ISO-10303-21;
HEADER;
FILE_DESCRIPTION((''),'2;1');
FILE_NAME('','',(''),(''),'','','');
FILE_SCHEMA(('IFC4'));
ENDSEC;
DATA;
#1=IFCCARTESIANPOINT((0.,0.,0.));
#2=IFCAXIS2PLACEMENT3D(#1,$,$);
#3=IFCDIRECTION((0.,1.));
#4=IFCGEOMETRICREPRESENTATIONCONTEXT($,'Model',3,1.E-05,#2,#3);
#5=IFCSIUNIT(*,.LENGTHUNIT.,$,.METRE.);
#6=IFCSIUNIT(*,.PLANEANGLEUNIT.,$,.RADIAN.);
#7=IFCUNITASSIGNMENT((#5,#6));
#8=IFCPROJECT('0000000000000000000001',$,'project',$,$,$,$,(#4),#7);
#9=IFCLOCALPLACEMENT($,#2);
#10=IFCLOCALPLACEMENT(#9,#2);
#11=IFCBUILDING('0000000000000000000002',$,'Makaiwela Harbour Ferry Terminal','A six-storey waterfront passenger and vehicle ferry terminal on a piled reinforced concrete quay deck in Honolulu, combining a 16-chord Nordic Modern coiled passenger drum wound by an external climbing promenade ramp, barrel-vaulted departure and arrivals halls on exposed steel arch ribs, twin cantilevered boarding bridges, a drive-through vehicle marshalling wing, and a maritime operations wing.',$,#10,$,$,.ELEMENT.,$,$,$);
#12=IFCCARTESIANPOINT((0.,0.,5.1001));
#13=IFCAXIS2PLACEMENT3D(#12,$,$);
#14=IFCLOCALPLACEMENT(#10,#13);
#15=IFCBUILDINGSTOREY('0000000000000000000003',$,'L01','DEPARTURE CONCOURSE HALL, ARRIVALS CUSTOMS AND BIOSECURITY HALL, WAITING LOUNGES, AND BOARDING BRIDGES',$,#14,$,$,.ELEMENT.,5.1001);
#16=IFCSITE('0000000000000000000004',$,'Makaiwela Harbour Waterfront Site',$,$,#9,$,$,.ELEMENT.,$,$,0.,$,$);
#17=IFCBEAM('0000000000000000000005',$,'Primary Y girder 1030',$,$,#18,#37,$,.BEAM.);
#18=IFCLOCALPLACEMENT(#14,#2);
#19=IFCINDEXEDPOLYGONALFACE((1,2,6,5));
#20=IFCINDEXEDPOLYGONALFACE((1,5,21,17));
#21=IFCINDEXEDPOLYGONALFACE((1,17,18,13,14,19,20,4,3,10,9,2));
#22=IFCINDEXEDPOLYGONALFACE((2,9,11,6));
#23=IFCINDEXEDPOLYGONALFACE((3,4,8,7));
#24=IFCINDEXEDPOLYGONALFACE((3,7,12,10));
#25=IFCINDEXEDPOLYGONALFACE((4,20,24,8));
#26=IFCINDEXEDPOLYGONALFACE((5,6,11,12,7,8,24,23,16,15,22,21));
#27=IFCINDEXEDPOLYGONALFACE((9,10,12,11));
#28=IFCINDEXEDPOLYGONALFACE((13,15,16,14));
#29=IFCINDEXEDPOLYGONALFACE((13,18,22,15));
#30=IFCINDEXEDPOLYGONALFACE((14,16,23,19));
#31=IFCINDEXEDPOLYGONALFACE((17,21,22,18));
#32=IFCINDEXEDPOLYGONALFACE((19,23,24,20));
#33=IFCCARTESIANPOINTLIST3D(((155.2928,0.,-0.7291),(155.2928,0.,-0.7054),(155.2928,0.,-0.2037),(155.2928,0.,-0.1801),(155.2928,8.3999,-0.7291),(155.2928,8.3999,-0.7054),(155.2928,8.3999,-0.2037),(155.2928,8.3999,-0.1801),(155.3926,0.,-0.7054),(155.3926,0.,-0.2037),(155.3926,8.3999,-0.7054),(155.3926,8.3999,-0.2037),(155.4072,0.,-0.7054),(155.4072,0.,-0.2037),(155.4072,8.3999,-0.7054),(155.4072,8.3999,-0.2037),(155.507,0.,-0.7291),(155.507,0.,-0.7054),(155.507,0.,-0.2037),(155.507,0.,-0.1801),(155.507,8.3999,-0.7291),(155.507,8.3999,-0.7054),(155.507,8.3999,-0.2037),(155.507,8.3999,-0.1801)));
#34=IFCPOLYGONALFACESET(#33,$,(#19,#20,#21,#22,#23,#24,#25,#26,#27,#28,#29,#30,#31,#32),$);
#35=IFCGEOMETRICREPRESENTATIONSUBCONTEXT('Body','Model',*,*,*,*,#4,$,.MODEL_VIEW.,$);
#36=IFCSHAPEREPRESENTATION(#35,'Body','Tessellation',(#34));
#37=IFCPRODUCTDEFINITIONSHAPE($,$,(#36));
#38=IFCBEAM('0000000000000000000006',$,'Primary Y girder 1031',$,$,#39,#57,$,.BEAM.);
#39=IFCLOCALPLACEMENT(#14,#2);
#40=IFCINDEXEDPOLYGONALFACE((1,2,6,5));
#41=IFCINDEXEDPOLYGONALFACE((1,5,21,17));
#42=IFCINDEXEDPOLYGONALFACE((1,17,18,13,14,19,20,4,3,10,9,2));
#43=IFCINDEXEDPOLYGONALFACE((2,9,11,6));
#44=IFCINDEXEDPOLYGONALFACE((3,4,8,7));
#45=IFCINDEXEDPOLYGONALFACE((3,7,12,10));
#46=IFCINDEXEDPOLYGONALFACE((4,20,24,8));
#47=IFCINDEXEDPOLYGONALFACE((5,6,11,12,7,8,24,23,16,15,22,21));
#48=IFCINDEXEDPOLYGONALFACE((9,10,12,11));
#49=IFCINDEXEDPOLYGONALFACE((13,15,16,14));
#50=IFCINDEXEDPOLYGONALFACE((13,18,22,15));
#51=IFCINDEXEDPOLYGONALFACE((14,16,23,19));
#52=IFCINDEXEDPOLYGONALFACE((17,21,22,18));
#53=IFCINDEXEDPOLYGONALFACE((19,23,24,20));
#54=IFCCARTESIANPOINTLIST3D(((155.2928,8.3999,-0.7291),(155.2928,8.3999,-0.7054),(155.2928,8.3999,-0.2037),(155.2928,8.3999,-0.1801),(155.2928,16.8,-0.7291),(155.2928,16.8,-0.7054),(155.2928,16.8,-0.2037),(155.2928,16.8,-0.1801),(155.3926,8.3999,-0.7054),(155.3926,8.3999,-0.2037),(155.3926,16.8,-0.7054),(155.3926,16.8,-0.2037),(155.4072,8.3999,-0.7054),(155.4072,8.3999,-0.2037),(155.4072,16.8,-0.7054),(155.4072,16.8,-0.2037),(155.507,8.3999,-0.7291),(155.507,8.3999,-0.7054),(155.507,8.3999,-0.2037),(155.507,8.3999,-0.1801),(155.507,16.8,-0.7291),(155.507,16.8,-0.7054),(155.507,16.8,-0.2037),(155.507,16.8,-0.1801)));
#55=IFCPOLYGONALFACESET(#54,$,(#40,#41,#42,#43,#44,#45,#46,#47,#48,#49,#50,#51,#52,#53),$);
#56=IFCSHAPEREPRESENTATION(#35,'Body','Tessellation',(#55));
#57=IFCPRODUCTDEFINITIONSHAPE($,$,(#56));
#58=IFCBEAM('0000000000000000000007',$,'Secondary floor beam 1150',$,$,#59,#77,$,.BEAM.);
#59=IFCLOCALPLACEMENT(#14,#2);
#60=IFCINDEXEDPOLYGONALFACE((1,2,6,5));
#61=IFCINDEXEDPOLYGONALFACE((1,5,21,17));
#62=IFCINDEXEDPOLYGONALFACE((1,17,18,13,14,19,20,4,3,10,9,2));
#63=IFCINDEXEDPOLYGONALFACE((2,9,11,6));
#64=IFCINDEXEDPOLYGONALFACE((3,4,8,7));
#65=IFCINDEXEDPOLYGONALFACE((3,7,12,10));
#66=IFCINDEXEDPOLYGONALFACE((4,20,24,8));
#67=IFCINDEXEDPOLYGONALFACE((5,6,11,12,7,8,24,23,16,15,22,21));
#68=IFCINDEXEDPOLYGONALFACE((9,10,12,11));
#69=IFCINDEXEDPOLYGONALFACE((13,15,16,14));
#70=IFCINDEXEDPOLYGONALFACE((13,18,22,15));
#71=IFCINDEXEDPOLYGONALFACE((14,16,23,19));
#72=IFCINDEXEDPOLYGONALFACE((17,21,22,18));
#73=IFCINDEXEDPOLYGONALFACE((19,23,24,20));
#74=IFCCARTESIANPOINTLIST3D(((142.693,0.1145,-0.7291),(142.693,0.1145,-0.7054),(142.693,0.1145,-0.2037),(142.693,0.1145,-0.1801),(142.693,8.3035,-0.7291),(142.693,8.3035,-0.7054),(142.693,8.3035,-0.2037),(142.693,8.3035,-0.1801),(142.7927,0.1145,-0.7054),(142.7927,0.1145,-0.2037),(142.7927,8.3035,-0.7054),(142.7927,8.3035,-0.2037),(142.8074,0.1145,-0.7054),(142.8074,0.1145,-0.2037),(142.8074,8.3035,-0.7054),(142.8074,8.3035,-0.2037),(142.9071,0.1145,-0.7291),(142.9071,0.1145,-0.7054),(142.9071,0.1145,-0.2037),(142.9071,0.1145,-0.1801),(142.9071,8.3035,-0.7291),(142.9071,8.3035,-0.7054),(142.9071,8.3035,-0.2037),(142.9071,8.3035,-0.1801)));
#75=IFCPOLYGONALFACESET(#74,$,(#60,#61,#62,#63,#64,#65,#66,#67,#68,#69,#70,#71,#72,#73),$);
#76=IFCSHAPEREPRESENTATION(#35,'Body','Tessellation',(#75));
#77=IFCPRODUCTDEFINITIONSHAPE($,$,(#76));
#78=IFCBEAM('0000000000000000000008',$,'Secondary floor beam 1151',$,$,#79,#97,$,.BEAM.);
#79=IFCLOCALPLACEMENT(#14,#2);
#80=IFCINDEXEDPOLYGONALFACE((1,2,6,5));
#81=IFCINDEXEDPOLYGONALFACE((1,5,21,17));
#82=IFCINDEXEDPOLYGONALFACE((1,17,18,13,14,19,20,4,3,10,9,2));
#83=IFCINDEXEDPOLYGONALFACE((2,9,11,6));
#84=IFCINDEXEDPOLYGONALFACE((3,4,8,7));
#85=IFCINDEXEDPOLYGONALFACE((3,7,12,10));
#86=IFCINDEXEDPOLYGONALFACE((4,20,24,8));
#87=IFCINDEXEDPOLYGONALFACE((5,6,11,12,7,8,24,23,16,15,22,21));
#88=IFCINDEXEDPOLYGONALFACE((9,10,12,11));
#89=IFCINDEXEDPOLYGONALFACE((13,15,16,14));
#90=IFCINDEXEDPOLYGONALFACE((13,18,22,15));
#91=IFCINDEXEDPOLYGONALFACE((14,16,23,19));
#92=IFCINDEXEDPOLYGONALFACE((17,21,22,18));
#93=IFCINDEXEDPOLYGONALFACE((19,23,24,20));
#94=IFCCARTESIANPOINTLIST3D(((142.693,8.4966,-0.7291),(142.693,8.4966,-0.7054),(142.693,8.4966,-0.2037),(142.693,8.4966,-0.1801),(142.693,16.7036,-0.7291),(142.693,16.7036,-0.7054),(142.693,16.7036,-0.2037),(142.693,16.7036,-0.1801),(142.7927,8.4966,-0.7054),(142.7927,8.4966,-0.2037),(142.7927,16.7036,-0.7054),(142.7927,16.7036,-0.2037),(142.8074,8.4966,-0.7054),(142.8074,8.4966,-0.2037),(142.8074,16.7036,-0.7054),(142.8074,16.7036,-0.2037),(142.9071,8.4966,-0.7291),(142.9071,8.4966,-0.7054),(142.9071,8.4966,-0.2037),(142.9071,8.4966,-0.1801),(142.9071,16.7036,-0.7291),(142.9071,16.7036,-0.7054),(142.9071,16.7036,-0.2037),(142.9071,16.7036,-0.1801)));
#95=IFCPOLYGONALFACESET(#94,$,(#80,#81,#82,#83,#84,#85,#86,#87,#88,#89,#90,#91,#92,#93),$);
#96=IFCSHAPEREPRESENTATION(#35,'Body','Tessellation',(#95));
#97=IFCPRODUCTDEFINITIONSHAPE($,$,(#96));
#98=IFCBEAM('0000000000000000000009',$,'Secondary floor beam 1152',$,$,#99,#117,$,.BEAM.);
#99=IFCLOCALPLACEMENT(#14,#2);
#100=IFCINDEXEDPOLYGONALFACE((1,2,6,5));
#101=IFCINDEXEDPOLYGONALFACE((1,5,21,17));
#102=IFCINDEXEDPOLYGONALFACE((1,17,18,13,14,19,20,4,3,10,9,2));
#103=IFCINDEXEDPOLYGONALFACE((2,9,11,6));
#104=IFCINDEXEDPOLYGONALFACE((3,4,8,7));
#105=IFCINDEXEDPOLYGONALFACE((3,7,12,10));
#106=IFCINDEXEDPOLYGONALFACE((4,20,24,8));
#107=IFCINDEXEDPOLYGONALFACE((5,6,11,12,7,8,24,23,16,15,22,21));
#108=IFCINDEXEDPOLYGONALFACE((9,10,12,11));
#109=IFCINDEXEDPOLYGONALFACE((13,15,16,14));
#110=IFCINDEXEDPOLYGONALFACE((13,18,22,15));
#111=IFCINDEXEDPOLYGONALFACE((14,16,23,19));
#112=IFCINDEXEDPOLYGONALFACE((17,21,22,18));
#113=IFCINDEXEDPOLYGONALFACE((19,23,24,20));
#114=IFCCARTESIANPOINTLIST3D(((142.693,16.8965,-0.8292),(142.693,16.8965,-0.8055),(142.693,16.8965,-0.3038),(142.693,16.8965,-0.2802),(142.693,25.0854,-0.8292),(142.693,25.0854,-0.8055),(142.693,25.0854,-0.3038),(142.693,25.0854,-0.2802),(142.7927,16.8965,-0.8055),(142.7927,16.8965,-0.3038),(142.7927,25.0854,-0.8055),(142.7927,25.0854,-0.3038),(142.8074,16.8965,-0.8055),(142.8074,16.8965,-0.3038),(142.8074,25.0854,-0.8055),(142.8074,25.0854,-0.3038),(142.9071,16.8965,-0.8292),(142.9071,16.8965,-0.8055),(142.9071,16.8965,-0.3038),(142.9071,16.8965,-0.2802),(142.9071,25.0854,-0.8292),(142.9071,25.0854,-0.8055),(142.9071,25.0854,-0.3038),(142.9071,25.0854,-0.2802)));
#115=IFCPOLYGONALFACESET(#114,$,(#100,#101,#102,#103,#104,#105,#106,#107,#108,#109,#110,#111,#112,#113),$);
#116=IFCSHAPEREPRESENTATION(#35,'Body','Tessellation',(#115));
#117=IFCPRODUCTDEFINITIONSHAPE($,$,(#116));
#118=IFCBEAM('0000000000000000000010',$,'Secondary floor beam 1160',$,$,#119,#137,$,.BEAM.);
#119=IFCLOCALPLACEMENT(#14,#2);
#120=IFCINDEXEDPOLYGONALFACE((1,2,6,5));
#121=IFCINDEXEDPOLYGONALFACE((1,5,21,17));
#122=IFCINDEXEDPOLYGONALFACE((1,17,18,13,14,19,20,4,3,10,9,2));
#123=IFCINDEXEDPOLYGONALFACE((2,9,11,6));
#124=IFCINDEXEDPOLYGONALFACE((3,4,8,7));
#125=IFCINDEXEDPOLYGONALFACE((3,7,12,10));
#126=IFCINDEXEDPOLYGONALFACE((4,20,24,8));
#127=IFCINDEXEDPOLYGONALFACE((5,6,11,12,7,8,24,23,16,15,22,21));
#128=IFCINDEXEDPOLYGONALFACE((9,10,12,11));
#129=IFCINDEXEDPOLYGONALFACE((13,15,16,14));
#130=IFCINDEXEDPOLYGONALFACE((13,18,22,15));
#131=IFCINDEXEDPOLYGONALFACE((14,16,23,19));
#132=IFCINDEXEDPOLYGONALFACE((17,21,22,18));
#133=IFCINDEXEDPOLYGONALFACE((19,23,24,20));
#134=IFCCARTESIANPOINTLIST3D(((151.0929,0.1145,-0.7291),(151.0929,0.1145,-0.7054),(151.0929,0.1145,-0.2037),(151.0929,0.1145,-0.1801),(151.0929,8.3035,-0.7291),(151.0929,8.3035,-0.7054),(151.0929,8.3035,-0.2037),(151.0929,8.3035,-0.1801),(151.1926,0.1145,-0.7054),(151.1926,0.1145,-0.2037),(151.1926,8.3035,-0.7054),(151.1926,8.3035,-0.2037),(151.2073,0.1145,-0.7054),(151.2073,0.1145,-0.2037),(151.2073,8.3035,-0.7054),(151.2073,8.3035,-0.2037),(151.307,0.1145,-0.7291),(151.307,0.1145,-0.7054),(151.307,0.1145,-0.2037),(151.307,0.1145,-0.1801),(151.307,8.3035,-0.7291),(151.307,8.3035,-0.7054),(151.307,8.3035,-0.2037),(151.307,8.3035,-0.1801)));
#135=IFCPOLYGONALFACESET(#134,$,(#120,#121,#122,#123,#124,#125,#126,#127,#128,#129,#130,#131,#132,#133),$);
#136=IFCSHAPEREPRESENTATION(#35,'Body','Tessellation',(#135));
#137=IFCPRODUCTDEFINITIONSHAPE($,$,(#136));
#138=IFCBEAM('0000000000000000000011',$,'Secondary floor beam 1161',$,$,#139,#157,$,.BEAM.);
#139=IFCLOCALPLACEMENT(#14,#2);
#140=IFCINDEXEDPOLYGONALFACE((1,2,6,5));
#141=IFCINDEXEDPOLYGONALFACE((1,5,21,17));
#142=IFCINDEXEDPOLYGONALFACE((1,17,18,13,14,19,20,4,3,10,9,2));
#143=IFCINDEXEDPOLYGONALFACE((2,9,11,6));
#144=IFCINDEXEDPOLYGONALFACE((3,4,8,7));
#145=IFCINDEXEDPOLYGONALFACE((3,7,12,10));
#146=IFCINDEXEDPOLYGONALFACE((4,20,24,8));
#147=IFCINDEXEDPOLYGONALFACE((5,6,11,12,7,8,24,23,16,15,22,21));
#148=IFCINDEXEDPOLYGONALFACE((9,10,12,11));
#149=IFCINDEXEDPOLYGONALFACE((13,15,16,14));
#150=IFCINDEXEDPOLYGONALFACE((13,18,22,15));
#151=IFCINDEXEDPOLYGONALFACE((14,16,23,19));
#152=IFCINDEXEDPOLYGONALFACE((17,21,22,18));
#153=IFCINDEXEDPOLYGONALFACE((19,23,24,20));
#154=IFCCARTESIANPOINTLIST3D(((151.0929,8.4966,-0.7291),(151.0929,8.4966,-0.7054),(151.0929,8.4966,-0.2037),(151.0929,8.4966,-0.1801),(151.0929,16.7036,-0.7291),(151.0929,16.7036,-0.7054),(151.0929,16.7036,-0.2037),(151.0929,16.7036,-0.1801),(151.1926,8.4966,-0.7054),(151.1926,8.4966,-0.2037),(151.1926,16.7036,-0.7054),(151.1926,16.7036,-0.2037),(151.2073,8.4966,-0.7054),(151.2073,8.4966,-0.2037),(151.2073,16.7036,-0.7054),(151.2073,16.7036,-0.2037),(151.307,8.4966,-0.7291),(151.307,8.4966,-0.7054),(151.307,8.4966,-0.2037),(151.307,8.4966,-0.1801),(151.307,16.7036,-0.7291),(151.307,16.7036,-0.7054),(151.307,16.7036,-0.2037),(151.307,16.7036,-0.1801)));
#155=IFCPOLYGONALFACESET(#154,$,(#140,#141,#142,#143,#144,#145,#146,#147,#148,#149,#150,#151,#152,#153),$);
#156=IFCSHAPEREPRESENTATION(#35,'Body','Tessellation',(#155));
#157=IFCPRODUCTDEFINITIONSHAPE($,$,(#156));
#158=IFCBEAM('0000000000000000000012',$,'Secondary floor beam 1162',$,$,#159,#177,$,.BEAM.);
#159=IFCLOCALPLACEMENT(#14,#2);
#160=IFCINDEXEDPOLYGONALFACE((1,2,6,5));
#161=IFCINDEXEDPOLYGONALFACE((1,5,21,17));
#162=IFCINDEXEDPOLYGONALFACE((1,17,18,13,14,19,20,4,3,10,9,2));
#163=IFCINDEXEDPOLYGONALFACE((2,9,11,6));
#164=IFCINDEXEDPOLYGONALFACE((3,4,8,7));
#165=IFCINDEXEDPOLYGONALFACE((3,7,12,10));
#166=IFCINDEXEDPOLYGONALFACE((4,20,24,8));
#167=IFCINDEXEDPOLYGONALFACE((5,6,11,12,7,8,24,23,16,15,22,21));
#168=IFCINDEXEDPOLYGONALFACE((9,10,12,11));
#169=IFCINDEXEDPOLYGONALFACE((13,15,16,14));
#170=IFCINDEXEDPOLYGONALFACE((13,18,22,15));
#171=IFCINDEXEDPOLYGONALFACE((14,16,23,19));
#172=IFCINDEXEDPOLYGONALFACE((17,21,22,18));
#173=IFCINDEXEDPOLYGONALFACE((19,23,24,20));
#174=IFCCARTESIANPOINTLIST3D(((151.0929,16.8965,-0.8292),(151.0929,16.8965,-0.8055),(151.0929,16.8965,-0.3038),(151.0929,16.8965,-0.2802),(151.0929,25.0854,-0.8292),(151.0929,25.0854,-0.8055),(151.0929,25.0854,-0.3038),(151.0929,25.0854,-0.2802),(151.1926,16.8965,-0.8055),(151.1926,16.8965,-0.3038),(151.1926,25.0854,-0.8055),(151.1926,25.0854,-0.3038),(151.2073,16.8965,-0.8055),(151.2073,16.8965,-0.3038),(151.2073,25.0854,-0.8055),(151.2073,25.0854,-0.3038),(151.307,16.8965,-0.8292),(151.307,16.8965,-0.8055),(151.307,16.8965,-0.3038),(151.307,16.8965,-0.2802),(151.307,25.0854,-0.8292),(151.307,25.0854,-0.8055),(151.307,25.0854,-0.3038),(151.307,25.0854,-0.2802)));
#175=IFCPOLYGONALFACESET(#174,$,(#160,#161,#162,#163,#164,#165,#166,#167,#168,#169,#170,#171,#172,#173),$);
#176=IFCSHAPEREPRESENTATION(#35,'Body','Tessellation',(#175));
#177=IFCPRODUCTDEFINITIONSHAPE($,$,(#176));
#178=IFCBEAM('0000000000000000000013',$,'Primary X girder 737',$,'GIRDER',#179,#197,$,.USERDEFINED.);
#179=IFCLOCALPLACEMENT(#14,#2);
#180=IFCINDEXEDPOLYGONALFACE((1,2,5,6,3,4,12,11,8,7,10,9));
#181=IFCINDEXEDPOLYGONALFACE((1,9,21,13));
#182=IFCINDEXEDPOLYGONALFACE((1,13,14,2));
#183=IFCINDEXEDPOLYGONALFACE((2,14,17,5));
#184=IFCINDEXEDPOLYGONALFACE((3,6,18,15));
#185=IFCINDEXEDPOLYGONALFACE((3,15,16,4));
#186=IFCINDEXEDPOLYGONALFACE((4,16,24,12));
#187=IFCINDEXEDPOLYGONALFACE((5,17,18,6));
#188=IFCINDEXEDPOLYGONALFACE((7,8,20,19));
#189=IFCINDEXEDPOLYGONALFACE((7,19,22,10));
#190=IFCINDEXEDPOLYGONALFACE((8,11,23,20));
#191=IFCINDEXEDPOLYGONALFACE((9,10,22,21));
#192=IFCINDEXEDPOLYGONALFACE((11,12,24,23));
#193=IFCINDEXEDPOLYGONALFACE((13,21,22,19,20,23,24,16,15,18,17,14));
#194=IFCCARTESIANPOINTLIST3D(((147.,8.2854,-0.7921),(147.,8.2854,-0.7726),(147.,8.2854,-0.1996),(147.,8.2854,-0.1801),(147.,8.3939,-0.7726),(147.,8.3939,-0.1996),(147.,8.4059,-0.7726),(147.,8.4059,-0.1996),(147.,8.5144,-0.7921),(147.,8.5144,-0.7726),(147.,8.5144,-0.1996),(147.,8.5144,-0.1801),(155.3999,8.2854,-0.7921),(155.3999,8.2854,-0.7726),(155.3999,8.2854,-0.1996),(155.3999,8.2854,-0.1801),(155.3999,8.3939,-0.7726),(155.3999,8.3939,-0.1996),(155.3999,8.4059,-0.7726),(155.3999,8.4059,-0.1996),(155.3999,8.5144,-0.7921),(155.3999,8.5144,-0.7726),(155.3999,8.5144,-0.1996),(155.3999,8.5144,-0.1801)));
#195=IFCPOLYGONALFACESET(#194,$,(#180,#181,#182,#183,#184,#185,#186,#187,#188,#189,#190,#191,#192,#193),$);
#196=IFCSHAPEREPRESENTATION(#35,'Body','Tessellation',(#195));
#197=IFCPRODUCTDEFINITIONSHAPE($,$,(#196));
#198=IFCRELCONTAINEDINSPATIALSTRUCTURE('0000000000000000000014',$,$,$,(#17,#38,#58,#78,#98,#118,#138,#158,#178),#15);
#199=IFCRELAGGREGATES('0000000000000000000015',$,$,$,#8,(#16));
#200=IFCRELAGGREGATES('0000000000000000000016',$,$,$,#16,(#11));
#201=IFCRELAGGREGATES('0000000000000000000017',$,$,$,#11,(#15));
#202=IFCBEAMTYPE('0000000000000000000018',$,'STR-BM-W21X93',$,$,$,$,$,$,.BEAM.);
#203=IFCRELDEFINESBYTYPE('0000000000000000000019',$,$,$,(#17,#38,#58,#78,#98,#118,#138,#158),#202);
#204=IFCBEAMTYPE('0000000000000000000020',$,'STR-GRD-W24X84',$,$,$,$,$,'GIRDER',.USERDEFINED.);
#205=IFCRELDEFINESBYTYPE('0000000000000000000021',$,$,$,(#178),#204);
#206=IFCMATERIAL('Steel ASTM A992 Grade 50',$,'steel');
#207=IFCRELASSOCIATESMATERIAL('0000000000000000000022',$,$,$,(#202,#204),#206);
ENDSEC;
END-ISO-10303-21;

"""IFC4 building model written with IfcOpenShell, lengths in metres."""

from ifc_helpers import new_model, si_unit, direction, frame, origin, origin_2d, place, context, subcontext, project, spatial, i_section, extrude, material, material_profile, profile_set, type_object, element, save


model = new_model("IFC4")

# Units and contexts
model_context = context("Model", 3, precision=1e-05, world=origin(), true_north=direction((0.0, 1.0)))
body_context = subcontext(model_context, "Body", "Model", "MODEL_VIEW")
ifc_project = project(units=[si_unit("LENGTHUNIT", "METRE"), si_unit("PLANEANGLEUNIT", "RADIAN")], contexts=[model_context])

# Site, building, storey
site_placement = place(None, origin())
site = spatial("IfcSite", under=ifc_project, at=site_placement, Name="Makaiwela Harbour Waterfront Site", CompositionType="ELEMENT", RefElevation=0.0)
building_placement = place(site_placement, origin())
building = spatial("IfcBuilding", under=site, at=building_placement, Name="Makaiwela Harbour Ferry Terminal", Description="A six-storey waterfront passenger and vehicle ferry terminal on a piled reinforced concrete quay deck in Honolulu, combining a 16-chord Nordic Modern coiled passenger drum wound by an external climbing promenade ramp, barrel-vaulted departure and arrivals halls on exposed steel arch ribs, twin cantilevered boarding bridges, a drive-through vehicle marshalling wing, and a maritime operations wing.", CompositionType="ELEMENT")
storey_placement = place(building_placement, frame((0.0, 0.0, 5.1001)))
storey = spatial("IfcBuildingStorey", under=building, at=storey_placement, Name="L01", Description="DEPARTURE CONCOURSE HALL, ARRIVALS CUSTOMS AND BIOSECURITY HALL, WAITING LOUNGES, AND BOARDING BRIDGES", CompositionType="ELEMENT", Elevation=5.1001)

# Shared definitions
ifc_material_1 = material(Name="Steel ASTM A992 Grade 50", Category="steel")

# Beams
ifc_material_profile_1 = material_profile(ifc_material_1, i_section(OverallWidth=0.2141, OverallDepth=0.5491, WebThickness=0.0146, FlangeThickness=0.0237, at=origin_2d()), Name="W21X93")
ifc_profile_set_1 = profile_set([ifc_material_profile_1], Name="Steel ASTM A992 Grade 50")
beam_type_1 = type_object("IfcBeamType", Name="STR-BM-W21X93", PredefinedType="BEAM", material=ifc_profile_set_1)
for number, where, z_axis, x_axis, name in (
    (1, (155.3999, 0.0, -0.4546), (0.0, 1.0, 0.0), (-1.0, 0.0, 0.0), "Primary Y girder 1030"),
):
    element("IfcBeam", number, at=place(storey_placement, frame(where, z_axis=z_axis, x_axis=x_axis)), inside=storey, type_object=beam_type_1, Name=name, PredefinedType="BEAM", context=body_context, shape_type="SweptSolid", body=[
        extrude(i_section(OverallWidth=0.2141, OverallDepth=0.5491, WebThickness=0.0146, FlangeThickness=0.0237, at=origin_2d()), origin(), (0.0, 0.0, 1.0), 8.3999),
    ])
beam_1_placement = place(storey_placement, frame((155.3999, 8.3999, -0.4546), z_axis=(0.0, 1.0, 0.0), x_axis=(-1.0, 0.0, 0.0)))
element("IfcBeam", 2, at=beam_1_placement, inside=storey, type_object=beam_type_1, Name="Primary Y girder 1031", PredefinedType="BEAM", context=body_context, shape_type="SweptSolid", body=[
    extrude(i_section(OverallWidth=0.2141, OverallDepth=0.5491, WebThickness=0.0146, FlangeThickness=0.0237, at=origin_2d()), origin(), (0.0, 0.0, 1.0), 8.4001),
])
beam_2_placement = place(storey_placement, frame((142.8, 0.1145, -0.4546), z_axis=(0.0, 1.0, 0.0), x_axis=(-1.0, 0.0, 0.0)))
element("IfcBeam", 3, at=beam_2_placement, inside=storey, type_object=beam_type_1, Name="Secondary floor beam 1150", PredefinedType="BEAM", context=body_context, shape_type="SweptSolid", body=[
    extrude(i_section(OverallWidth=0.2141, OverallDepth=0.5491, WebThickness=0.0146, FlangeThickness=0.0237, at=origin_2d()), origin(), (0.0, 0.0, 1.0), 8.189),
])
beam_3_placement = place(storey_placement, frame((142.8, 8.4966, -0.4546), z_axis=(0.0, 1.0, 0.0), x_axis=(-1.0, 0.0, 0.0)))
element("IfcBeam", 4, at=beam_3_placement, inside=storey, type_object=beam_type_1, Name="Secondary floor beam 1151", PredefinedType="BEAM", context=body_context, shape_type="SweptSolid", body=[
    extrude(i_section(OverallWidth=0.2141, OverallDepth=0.5491, WebThickness=0.0146, FlangeThickness=0.0237, at=origin_2d()), origin(), (0.0, 0.0, 1.0), 8.207),
])
for number, where, z_axis, x_axis, name in (
    (5, (142.8, 16.8965, -0.5547), (0.0, 1.0, 0.0), (-1.0, 0.0, 0.0), "Secondary floor beam 1152"),
    (6, (151.2, 0.1145, -0.4546), (0.0, 1.0, 0.0), (-1.0, 0.0, 0.0), "Secondary floor beam 1160"),
):
    element("IfcBeam", number, at=place(storey_placement, frame(where, z_axis=z_axis, x_axis=x_axis)), inside=storey, type_object=beam_type_1, Name=name, PredefinedType="BEAM", context=body_context, shape_type="SweptSolid", body=[
        extrude(i_section(OverallWidth=0.2141, OverallDepth=0.5491, WebThickness=0.0146, FlangeThickness=0.0237, at=origin_2d()), origin(), (0.0, 0.0, 1.0), 8.189),
    ])
beam_4_placement = place(storey_placement, frame((151.2, 8.4966, -0.4546), z_axis=(0.0, 1.0, 0.0), x_axis=(-1.0, 0.0, 0.0)))
element("IfcBeam", 7, at=beam_4_placement, inside=storey, type_object=beam_type_1, Name="Secondary floor beam 1161", PredefinedType="BEAM", context=body_context, shape_type="SweptSolid", body=[
    extrude(i_section(OverallWidth=0.2141, OverallDepth=0.5491, WebThickness=0.0146, FlangeThickness=0.0237, at=origin_2d()), origin(), (0.0, 0.0, 1.0), 8.207),
])
beam_5_placement = place(storey_placement, frame((151.2, 16.8965, -0.5547), z_axis=(0.0, 1.0, 0.0), x_axis=(-1.0, 0.0, 0.0)))
element("IfcBeam", 8, at=beam_5_placement, inside=storey, type_object=beam_type_1, Name="Secondary floor beam 1162", PredefinedType="BEAM", context=body_context, shape_type="SweptSolid", body=[
    extrude(i_section(OverallWidth=0.2141, OverallDepth=0.5491, WebThickness=0.0146, FlangeThickness=0.0237, at=origin_2d()), origin(), (0.0, 0.0, 1.0), 8.189),
])
ifc_material_profile_2 = material_profile(ifc_material_1, i_section(OverallWidth=0.229, OverallDepth=0.6121, WebThickness=0.012, FlangeThickness=0.0195, at=origin_2d()), Name="W24X84")
ifc_profile_set_2 = profile_set([ifc_material_profile_2], Name="Steel ASTM A992 Grade 50")
beam_type_2 = type_object("IfcBeamType", Name="STR-GRD-W24X84", ElementType="GIRDER", PredefinedType="USERDEFINED", material=ifc_profile_set_2)
for number, where, z_axis, x_axis, name in (
    (9, (147.0, 8.3999, -0.4861), (1.0, 0.0, 0.0), (0.0, 1.0, 0.0), "Primary X girder 737"),
):
    element("IfcBeam", number, at=place(storey_placement, frame(where, z_axis=z_axis, x_axis=x_axis)), inside=storey, type_object=beam_type_2, Name=name, ObjectType="GIRDER", PredefinedType="USERDEFINED", context=body_context, shape_type="SweptSolid", body=[
        extrude(i_section(OverallWidth=0.229, OverallDepth=0.6121, WebThickness=0.012, FlangeThickness=0.0195, at=origin_2d()), origin(), (0.0, 0.0, 1.0), 8.3999),
    ])

save(model, "model.ifc")
